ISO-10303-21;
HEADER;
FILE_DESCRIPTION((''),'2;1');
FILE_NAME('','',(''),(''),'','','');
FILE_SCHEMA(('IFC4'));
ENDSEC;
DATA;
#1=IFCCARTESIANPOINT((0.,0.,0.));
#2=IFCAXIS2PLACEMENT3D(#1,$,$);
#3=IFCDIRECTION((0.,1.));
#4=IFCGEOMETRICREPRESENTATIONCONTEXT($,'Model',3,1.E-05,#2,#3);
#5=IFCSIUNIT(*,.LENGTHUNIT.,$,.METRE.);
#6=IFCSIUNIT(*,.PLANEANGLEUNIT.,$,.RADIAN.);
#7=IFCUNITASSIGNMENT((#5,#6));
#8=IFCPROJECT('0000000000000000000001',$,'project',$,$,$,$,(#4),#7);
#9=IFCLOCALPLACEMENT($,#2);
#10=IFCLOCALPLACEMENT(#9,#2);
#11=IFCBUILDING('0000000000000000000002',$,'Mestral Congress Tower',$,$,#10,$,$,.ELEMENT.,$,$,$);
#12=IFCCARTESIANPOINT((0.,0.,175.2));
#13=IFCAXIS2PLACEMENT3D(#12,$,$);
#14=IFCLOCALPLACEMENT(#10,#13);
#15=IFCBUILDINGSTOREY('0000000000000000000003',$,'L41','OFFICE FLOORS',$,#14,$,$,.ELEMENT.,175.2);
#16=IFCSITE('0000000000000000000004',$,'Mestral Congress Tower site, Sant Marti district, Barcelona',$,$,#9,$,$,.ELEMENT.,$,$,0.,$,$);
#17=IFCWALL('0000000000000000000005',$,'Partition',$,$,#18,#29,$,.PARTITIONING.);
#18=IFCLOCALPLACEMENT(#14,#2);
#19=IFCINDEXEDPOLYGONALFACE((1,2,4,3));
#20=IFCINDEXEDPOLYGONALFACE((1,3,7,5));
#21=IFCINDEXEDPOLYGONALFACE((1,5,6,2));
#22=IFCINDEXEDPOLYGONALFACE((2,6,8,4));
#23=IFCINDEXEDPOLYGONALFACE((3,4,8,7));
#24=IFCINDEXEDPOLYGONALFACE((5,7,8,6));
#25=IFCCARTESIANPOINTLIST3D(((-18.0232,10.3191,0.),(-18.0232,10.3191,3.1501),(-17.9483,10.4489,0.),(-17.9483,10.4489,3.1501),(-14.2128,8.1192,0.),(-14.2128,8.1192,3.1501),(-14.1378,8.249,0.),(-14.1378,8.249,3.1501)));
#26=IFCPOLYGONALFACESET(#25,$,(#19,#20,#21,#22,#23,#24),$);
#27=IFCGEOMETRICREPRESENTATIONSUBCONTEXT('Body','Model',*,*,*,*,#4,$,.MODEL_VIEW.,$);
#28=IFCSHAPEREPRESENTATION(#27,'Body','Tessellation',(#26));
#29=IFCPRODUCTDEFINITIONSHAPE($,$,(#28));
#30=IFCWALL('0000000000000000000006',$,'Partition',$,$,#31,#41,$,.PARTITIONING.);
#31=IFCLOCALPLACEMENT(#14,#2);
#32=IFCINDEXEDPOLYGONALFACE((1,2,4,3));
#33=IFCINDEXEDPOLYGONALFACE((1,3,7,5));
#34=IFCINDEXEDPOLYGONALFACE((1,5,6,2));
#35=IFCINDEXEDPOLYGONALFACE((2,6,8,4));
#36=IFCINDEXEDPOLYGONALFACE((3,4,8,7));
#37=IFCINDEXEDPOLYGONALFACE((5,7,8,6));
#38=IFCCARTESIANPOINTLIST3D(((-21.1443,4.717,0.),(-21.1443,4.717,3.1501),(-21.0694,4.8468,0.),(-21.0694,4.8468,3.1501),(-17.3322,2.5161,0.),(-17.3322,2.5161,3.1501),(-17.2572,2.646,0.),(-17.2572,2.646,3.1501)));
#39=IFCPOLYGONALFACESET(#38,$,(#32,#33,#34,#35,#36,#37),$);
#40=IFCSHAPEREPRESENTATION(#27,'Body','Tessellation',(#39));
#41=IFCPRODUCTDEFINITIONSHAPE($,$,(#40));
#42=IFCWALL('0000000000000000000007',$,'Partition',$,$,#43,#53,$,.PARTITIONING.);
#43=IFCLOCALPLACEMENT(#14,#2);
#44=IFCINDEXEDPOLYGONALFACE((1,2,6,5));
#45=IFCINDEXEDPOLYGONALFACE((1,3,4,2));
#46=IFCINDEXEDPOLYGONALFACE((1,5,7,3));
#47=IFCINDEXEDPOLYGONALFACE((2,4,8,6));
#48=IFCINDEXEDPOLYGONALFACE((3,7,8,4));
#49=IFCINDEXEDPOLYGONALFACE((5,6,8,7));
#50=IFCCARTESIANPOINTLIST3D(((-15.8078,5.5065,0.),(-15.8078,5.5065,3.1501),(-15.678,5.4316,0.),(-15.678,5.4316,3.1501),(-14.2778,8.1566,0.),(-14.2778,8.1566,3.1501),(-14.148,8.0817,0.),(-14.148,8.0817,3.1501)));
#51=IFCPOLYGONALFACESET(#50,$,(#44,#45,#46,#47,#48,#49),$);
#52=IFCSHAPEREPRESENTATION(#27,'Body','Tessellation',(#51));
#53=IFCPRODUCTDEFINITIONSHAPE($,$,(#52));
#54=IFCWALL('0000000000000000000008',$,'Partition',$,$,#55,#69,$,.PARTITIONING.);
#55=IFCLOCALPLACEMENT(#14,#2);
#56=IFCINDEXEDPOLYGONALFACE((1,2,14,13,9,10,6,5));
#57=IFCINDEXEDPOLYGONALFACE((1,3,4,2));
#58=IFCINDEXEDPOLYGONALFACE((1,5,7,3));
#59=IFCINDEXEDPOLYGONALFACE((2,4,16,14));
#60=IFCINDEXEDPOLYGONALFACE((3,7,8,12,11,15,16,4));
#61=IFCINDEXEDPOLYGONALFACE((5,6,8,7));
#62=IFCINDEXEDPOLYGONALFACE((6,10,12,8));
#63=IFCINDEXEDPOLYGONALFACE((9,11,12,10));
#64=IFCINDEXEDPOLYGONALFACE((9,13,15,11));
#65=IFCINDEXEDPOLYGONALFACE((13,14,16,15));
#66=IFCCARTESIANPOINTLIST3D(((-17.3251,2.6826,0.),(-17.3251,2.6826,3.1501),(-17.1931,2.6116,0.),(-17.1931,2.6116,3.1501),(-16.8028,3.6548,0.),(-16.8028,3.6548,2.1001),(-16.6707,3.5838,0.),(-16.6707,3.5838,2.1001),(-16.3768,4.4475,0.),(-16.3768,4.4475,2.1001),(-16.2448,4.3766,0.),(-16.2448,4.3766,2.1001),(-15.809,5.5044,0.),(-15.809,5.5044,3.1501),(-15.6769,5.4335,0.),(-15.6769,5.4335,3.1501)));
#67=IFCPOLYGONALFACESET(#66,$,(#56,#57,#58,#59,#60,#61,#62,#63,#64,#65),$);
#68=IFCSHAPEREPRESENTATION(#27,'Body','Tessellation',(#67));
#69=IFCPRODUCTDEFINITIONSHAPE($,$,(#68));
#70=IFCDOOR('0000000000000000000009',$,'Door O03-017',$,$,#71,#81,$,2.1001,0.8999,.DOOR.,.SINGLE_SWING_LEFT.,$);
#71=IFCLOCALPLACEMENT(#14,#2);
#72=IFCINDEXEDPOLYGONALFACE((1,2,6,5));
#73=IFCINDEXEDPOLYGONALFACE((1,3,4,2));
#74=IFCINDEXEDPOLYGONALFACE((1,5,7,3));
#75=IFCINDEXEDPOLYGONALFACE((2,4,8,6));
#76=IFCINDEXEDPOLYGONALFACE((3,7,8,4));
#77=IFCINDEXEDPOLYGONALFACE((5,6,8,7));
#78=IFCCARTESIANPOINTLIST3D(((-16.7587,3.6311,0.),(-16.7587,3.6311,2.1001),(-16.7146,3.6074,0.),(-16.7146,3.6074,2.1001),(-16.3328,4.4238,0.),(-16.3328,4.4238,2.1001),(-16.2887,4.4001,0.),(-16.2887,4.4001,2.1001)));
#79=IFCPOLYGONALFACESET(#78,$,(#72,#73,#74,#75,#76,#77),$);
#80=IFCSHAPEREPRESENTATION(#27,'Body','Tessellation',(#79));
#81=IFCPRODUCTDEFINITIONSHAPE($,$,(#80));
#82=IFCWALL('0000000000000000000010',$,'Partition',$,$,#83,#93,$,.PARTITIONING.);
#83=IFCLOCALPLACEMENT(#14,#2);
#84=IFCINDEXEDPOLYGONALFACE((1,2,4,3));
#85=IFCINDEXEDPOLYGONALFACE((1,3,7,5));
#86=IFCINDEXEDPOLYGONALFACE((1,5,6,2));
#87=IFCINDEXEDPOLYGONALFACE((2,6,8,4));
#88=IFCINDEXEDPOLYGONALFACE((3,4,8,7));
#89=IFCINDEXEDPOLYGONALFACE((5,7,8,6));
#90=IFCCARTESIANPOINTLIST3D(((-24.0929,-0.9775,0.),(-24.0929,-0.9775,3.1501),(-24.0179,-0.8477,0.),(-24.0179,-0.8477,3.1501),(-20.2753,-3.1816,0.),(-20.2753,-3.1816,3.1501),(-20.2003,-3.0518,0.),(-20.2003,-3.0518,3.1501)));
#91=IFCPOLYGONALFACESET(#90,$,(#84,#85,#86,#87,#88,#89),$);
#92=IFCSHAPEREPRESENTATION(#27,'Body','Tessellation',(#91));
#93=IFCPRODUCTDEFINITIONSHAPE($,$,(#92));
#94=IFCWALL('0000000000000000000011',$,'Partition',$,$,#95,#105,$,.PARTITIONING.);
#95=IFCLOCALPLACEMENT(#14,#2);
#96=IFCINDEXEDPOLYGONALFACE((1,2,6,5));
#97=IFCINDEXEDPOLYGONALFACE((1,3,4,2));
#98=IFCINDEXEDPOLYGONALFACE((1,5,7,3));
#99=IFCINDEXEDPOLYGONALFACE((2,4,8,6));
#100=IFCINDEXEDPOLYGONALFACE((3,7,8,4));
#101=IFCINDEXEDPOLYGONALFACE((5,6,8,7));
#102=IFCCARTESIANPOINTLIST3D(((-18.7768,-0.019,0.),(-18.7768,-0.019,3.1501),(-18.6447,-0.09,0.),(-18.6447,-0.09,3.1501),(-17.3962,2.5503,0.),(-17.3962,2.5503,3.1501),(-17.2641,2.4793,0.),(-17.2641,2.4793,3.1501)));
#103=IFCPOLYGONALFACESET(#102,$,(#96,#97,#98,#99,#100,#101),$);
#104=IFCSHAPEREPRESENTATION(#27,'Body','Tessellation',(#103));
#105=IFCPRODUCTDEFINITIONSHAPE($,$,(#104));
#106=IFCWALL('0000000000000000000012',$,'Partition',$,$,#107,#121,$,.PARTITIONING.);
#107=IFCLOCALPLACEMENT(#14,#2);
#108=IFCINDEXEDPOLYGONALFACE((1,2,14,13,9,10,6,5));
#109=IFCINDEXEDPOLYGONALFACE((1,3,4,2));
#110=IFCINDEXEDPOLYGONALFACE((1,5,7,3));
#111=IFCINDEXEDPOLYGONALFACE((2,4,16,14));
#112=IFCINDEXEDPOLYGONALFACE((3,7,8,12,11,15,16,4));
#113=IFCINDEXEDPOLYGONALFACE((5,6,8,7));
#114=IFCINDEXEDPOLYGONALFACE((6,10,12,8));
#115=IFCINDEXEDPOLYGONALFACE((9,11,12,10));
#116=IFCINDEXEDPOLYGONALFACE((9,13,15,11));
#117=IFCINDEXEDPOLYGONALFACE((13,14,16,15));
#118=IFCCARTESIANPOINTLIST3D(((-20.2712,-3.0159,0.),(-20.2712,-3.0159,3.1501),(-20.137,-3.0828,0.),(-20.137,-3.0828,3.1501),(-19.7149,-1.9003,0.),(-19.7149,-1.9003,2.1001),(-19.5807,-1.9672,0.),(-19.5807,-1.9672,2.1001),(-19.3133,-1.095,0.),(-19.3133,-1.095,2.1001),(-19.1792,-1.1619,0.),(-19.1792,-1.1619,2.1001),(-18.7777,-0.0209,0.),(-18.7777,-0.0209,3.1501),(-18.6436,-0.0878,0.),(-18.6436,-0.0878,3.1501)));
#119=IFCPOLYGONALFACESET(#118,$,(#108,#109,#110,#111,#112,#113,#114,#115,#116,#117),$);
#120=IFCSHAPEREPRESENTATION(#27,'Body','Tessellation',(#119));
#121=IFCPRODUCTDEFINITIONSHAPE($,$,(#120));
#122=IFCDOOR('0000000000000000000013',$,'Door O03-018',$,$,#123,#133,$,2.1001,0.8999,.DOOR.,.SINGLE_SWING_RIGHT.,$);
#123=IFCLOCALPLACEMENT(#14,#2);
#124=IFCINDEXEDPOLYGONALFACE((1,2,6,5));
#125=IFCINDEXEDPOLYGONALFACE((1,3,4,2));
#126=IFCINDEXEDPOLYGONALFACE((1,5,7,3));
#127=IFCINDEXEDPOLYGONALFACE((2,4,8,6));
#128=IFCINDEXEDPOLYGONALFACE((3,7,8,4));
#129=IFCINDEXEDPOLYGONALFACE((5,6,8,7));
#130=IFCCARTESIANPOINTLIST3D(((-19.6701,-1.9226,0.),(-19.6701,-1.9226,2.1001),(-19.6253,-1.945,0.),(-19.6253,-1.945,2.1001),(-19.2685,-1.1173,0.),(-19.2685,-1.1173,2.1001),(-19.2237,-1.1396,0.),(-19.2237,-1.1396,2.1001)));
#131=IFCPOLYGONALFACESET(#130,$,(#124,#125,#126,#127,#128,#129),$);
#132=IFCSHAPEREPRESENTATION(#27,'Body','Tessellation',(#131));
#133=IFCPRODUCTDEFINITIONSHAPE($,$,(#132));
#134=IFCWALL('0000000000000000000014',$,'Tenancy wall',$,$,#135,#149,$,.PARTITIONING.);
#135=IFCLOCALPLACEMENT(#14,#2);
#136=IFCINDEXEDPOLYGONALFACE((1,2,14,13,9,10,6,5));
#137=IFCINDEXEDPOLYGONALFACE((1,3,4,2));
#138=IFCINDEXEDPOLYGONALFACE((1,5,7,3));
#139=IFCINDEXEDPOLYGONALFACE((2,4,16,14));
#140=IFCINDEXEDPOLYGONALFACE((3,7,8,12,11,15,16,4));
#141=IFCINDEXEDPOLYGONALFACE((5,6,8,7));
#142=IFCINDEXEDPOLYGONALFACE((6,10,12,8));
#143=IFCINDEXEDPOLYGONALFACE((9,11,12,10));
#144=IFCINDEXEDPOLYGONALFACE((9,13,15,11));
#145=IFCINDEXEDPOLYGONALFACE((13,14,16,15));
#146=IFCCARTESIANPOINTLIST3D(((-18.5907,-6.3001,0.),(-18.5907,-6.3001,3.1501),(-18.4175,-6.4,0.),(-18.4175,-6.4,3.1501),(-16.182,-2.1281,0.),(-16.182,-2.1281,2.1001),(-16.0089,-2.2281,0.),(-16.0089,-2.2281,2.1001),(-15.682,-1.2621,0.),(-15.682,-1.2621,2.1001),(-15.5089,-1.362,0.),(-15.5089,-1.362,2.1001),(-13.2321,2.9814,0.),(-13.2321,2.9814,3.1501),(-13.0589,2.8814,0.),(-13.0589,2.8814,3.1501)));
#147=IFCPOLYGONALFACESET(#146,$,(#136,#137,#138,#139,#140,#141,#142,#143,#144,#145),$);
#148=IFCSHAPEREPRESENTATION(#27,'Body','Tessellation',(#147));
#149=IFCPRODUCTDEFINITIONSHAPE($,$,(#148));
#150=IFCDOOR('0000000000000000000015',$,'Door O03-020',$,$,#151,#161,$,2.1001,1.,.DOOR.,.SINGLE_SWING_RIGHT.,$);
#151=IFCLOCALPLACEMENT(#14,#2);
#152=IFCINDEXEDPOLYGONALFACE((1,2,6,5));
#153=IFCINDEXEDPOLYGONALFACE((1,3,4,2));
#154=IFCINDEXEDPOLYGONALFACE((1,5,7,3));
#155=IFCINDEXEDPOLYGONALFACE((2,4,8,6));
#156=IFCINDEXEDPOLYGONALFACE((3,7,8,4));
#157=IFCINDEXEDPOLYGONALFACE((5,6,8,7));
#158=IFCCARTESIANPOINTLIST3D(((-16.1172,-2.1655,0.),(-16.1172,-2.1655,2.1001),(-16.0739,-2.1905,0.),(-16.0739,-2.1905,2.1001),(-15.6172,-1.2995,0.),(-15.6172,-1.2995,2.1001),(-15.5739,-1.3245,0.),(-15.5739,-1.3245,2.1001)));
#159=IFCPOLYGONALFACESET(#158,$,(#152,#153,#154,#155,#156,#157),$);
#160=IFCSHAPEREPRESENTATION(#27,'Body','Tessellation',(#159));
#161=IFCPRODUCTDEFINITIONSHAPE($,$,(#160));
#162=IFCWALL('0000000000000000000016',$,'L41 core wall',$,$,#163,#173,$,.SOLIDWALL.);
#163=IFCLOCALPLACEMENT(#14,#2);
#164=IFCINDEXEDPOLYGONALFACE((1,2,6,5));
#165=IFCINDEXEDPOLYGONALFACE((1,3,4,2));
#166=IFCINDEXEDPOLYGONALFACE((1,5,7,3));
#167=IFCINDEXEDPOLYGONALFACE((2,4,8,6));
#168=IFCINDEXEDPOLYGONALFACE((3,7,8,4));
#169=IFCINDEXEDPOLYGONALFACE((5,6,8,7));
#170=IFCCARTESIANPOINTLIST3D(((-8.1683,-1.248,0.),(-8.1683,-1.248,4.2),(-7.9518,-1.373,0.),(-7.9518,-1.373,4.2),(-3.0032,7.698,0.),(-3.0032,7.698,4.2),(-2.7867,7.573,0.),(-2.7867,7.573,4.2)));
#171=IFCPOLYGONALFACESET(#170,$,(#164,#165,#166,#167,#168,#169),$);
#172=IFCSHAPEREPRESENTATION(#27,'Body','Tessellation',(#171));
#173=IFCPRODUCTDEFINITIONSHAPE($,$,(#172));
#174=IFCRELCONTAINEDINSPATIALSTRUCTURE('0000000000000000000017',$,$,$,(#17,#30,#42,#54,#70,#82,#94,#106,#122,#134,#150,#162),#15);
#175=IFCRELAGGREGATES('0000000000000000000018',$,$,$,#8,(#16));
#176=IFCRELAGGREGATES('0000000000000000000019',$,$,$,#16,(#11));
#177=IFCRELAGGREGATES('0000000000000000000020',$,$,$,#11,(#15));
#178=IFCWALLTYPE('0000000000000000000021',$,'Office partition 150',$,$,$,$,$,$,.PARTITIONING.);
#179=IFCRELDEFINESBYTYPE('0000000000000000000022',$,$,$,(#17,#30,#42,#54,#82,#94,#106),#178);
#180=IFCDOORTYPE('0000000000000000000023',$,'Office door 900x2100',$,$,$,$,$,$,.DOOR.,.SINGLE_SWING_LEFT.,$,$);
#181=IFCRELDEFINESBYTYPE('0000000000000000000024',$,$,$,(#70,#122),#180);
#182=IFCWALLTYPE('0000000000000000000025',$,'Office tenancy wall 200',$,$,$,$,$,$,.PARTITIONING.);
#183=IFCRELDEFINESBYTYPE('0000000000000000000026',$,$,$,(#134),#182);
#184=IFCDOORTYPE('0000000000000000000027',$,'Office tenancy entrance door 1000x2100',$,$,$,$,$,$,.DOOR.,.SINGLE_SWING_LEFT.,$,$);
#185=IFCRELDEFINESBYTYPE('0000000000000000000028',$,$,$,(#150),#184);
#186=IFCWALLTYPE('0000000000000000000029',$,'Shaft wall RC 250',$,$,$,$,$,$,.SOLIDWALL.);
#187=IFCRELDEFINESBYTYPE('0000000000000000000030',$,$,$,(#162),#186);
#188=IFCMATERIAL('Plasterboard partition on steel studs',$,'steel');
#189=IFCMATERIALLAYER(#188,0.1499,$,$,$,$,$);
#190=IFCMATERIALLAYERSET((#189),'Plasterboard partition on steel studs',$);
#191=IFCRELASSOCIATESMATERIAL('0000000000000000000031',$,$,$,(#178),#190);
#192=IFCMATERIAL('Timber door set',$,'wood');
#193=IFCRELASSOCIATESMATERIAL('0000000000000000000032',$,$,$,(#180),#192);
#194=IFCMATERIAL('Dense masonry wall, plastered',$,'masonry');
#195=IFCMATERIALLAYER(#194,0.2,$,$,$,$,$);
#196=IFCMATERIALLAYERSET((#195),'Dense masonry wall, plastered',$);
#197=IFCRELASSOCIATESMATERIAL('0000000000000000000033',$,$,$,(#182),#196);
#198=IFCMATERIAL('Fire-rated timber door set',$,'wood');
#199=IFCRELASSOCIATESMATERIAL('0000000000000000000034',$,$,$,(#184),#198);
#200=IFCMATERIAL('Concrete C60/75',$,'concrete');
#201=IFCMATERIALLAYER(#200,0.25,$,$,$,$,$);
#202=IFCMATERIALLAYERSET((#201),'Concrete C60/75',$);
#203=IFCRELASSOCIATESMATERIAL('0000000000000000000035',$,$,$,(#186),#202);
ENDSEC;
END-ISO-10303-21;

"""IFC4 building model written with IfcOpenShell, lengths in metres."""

from ifc_helpers import new_model, si_unit, direction, frame, frame_2d, origin, place, context, subcontext, project, spatial, rectangle, extrude, material, layer, layer_set, type_object, element, fill, save


model = new_model("IFC4")

# Units and contexts
model_context = context("Model", 3, precision=1e-05, world=origin(), true_north=direction((0.0, 1.0)))
body_context = subcontext(model_context, "Body", "Model", "MODEL_VIEW")
ifc_project = project(units=[si_unit("LENGTHUNIT", "METRE"), si_unit("PLANEANGLEUNIT", "RADIAN")], contexts=[model_context])

# Site, building, storey
site_placement = place(None, origin())
site = spatial("IfcSite", under=ifc_project, at=site_placement, Name="Mestral Congress Tower site, Sant Marti district, Barcelona", CompositionType="ELEMENT", RefElevation=0.0)
building_placement = place(site_placement, origin())
building = spatial("IfcBuilding", under=site, at=building_placement, Name="Mestral Congress Tower", CompositionType="ELEMENT")
storey_placement = place(building_placement, frame((0.0, 0.0, 175.2)))
storey = spatial("IfcBuildingStorey", under=building, at=storey_placement, Name="L41", Description="OFFICE FLOORS", CompositionType="ELEMENT", Elevation=175.2)

# Shared definitions
ifc_material_1 = material(Name="Concrete C60/75", Category="concrete")

# Walls
ifc_material_2 = material(Name="Plasterboard partition on steel studs", Category="steel")
ifc_layer_1 = layer(ifc_material_2, 0.1499)
ifc_layer_set_1 = layer_set([ifc_layer_1], Name="Plasterboard partition on steel studs")
wall_type_1 = type_object("IfcWallType", Name="Office partition 150", PredefinedType="PARTITIONING", material=ifc_layer_set_1)
wall_1_placement = place(storey_placement, frame((-14.1753, 8.1841, 0.0), z_axis=(0.0, 0.0, 1.0), x_axis=(-0.866032, 0.499988, 0.0)))
element("IfcWall", 1, at=wall_1_placement, inside=storey, type_object=wall_type_1, Name="Partition", PredefinedType="PARTITIONING", context=body_context, shape_type="SweptSolid", body=[
    extrude(rectangle(XDim=4.3999, YDim=0.1499, at=frame_2d((2.2, 0.0))), origin(), (0.0, 0.0, 1.0), 3.1501),
])
wall_2_placement = place(storey_placement, frame((-17.2947, 2.5811, 0.0), z_axis=(0.0, 0.0, 1.0), x_axis=(-0.866033, 0.499987, 0.0)))
element("IfcWall", 2, at=wall_2_placement, inside=storey, type_object=wall_type_1, Name="Partition", PredefinedType="PARTITIONING", context=body_context, shape_type="SweptSolid", body=[
    extrude(rectangle(XDim=4.4019, YDim=0.1499, at=frame_2d((2.2009, 0.0))), origin(), (0.0, 0.0, 1.0), 3.1501),
])
wall_3_placement = place(storey_placement, frame((-14.2129, 8.1191, 0.0), z_axis=(0.0, 0.0, 1.0), x_axis=(-0.499992, -0.86603, 0.0)))
element("IfcWall", 3, at=wall_3_placement, inside=storey, type_object=wall_type_1, Name="Partition", PredefinedType="PARTITIONING", context=body_context, shape_type="SweptSolid", body=[
    extrude(rectangle(XDim=3.0601, YDim=0.1499, at=frame_2d((1.53, 0.0))), origin(), (0.0, 0.0, 1.0), 3.1501),
])

# Wall, opening, door
wall_4_placement = place(storey_placement, frame((-17.259, 2.6472, 0.0), z_axis=(0.0, 0.0, 1.0), x_axis=(0.4733, 0.880901, 0.0)))
wall_4 = element("IfcWall", 4, at=wall_4_placement, inside=storey, type_object=wall_type_1, Name="Partition", PredefinedType="PARTITIONING", context=body_context, shape_type="SweptSolid", body=[
    extrude(rectangle(XDim=3.2034, YDim=0.1499, at=frame_2d((1.6016, 0.0))), origin(), (0.0, 0.0, 1.0), 3.1501),
])
opening_1_placement = place(wall_4_placement, frame((1.1035, 0.0, 0.0)))
opening_1 = element("IfcOpeningElement", 5, at=opening_1_placement, cuts=wall_4, PredefinedType="OPENING", context=body_context, shape_type="SweptSolid", body=[
    extrude(rectangle(XDim=0.8999, YDim=2.1001, at=frame_2d((0.45, 1.05))), frame((0.0, 0.085, 0.0), z_axis=(0.0, -1.0, 0.0), x_axis=(1.0, 0.0, 0.0)), (0.0, 0.0, 1.0), 0.1699),
])
ifc_material_3 = material(Name="Timber door set", Category="wood")
door_type_1 = type_object("IfcDoorType", Name="Office door 900x2100", OperationType="SINGLE_SWING_LEFT", PredefinedType="DOOR", material=ifc_material_3)
door_1_placement = place(opening_1_placement, origin())
door_1 = element("IfcDoor", 6, at=door_1_placement, inside=storey, type_object=door_type_1, Name="Door O03-017", OperationType="SINGLE_SWING_LEFT", OverallHeight=2.1001, OverallWidth=0.8999, PredefinedType="DOOR", context=body_context, shape_type="SweptSolid", body=[
    extrude(rectangle(XDim=0.8999, YDim=2.1001, at=frame_2d((0.45, 1.05))), frame((0.0, 0.0249, 0.0), z_axis=(0.0, -1.0, 0.0), x_axis=(1.0, 0.0, 0.0)), (0.0, 0.0, 1.0), 0.05),
])
fill(opening_1, door_1)

# Walls
wall_5_placement = place(storey_placement, frame((-20.2378, -3.1167, 0.0), z_axis=(0.0, 0.0, 1.0), x_axis=(-0.866026, 0.499999, 0.0)))
element("IfcWall", 7, at=wall_5_placement, inside=storey, type_object=wall_type_1, Name="Partition", PredefinedType="PARTITIONING", context=body_context, shape_type="SweptSolid", body=[
    extrude(rectangle(XDim=4.4082, YDim=0.1499, at=frame_2d((2.2041, 0.0))), origin(), (0.0, 0.0, 1.0), 3.1501),
])
wall_6_placement = place(storey_placement, frame((-17.3301, 2.5149, 0.0), z_axis=(0.0, 0.0, 1.0), x_axis=(-0.473336, -0.880882, 0.0)))
element("IfcWall", 8, at=wall_6_placement, inside=storey, type_object=wall_type_1, Name="Partition", PredefinedType="PARTITIONING", context=body_context, shape_type="SweptSolid", body=[
    extrude(rectangle(XDim=2.9167, YDim=0.1499, at=frame_2d((1.4585, 0.0))), origin(), (0.0, 0.0, 1.0), 3.1501),
])

# Walls, openings, doors
wall_7_placement = place(storey_placement, frame((-20.2041, -3.0493, 0.0), z_axis=(0.0, 0.0, 1.0), x_axis=(0.44625, 0.894908, 0.0)))
wall_7 = element("IfcWall", 9, at=wall_7_placement, inside=storey, type_object=wall_type_1, Name="Partition", PredefinedType="PARTITIONING", context=body_context, shape_type="SweptSolid", body=[
    extrude(rectangle(XDim=3.3467, YDim=0.1499, at=frame_2d((1.6733, 0.0))), origin(), (0.0, 0.0, 1.0), 3.1501),
])
opening_2_placement = place(wall_7_placement, frame((1.2466, 0.0, 0.0)))
opening_2 = element("IfcOpeningElement", 10, at=opening_2_placement, cuts=wall_7, PredefinedType="OPENING", context=body_context, shape_type="SweptSolid", body=[
    extrude(rectangle(XDim=0.8999, YDim=2.1001, at=frame_2d((0.45, 1.05))), frame((0.0, 0.085, 0.0), z_axis=(0.0, -1.0, 0.0), x_axis=(1.0, 0.0, 0.0)), (0.0, 0.0, 1.0), 0.1699),
])
door_2_placement = place(opening_2_placement, origin())
door_2 = element("IfcDoor", 11, at=door_2_placement, inside=storey, type_object=door_type_1, Name="Door O03-018", OperationType="SINGLE_SWING_RIGHT", OverallHeight=2.1001, OverallWidth=0.8999, PredefinedType="DOOR", context=body_context, shape_type="SweptSolid", body=[
    extrude(rectangle(XDim=0.8999, YDim=2.1001, at=frame_2d((0.45, 1.05))), frame((0.0, 0.0249, 0.0), z_axis=(0.0, -1.0, 0.0), x_axis=(1.0, 0.0, 0.0)), (0.0, 0.0, 1.0), 0.05),
])
fill(opening_2, door_2)
ifc_material_4 = material(Name="Dense masonry wall, plastered", Category="masonry")
ifc_layer_2 = layer(ifc_material_4, 0.2)
ifc_layer_set_2 = layer_set([ifc_layer_2], Name="Dense masonry wall, plastered")
wall_type_2 = type_object("IfcWallType", Name="Office tenancy wall 200", PredefinedType="PARTITIONING", material=ifc_layer_set_2)
wall_8_placement = place(storey_placement, frame((-13.1455, 2.9314, 0.0), z_axis=(0.0, 0.0, 1.0), x_axis=(-0.499998, -0.866027, 0.0)))
wall_8 = element("IfcWall", 12, at=wall_8_placement, inside=storey, type_object=wall_type_2, Name="Tenancy wall", PredefinedType="PARTITIONING", context=body_context, shape_type="SweptSolid", body=[
    extrude(rectangle(XDim=10.7173, YDim=0.2, at=frame_2d((5.3586, 0.0))), origin(), (0.0, 0.0, 1.0), 3.1501),
])
opening_3_placement = place(wall_8_placement, frame((4.8999, 0.0, 0.0)))
opening_3 = element("IfcOpeningElement", 13, at=opening_3_placement, cuts=wall_8, PredefinedType="OPENING", context=body_context, shape_type="SweptSolid", body=[
    extrude(rectangle(XDim=1.0, YDim=2.1001, at=frame_2d((0.5, 1.05))), frame((0.0, 0.1099, 0.0), z_axis=(0.0, -1.0, 0.0), x_axis=(1.0, 0.0, 0.0)), (0.0, 0.0, 1.0), 0.22),
])
ifc_material_5 = material(Name="Fire-rated timber door set", Category="wood")
door_type_2 = type_object("IfcDoorType", Name="Office tenancy entrance door 1000x2100", OperationType="SINGLE_SWING_LEFT", PredefinedType="DOOR", material=ifc_material_5)
door_3_placement = place(opening_3_placement, origin())
door_3 = element("IfcDoor", 14, at=door_3_placement, inside=storey, type_object=door_type_2, Name="Door O03-020", OperationType="SINGLE_SWING_RIGHT", OverallHeight=2.1001, OverallWidth=1.0, PredefinedType="DOOR", context=body_context, shape_type="SweptSolid", body=[
    extrude(rectangle(XDim=1.0, YDim=2.1001, at=frame_2d((0.5, 1.05))), frame((0.0, 0.0249, 0.0), z_axis=(0.0, -1.0, 0.0), x_axis=(1.0, 0.0, 0.0)), (0.0, 0.0, 1.0), 0.05),
])
fill(opening_3, door_3)

# Wall
ifc_layer_3 = layer(ifc_material_1, 0.25)
ifc_layer_set_3 = layer_set([ifc_layer_3], Name="Concrete C60/75")
wall_type_3 = type_object("IfcWallType", Name="Shaft wall RC 250", PredefinedType="SOLIDWALL", material=ifc_layer_set_3)
wall_9_placement = place(storey_placement, frame((-8.0601, -1.3105, 0.0), z_axis=(0.0, 0.0, 1.0), x_axis=(0.500003, 0.866024, 0.0)))
element("IfcWall", 15, at=wall_9_placement, inside=storey, type_object=wall_type_3, Name="L41 core wall", PredefinedType="SOLIDWALL", context=body_context, shape_type="SweptSolid", body=[
    extrude(rectangle(XDim=10.3301, YDim=0.25, at=frame_2d((5.165, 0.0))), origin(), (0.0, 0.0, 1.0), 4.2),
])

save(model, "model.ifc")
